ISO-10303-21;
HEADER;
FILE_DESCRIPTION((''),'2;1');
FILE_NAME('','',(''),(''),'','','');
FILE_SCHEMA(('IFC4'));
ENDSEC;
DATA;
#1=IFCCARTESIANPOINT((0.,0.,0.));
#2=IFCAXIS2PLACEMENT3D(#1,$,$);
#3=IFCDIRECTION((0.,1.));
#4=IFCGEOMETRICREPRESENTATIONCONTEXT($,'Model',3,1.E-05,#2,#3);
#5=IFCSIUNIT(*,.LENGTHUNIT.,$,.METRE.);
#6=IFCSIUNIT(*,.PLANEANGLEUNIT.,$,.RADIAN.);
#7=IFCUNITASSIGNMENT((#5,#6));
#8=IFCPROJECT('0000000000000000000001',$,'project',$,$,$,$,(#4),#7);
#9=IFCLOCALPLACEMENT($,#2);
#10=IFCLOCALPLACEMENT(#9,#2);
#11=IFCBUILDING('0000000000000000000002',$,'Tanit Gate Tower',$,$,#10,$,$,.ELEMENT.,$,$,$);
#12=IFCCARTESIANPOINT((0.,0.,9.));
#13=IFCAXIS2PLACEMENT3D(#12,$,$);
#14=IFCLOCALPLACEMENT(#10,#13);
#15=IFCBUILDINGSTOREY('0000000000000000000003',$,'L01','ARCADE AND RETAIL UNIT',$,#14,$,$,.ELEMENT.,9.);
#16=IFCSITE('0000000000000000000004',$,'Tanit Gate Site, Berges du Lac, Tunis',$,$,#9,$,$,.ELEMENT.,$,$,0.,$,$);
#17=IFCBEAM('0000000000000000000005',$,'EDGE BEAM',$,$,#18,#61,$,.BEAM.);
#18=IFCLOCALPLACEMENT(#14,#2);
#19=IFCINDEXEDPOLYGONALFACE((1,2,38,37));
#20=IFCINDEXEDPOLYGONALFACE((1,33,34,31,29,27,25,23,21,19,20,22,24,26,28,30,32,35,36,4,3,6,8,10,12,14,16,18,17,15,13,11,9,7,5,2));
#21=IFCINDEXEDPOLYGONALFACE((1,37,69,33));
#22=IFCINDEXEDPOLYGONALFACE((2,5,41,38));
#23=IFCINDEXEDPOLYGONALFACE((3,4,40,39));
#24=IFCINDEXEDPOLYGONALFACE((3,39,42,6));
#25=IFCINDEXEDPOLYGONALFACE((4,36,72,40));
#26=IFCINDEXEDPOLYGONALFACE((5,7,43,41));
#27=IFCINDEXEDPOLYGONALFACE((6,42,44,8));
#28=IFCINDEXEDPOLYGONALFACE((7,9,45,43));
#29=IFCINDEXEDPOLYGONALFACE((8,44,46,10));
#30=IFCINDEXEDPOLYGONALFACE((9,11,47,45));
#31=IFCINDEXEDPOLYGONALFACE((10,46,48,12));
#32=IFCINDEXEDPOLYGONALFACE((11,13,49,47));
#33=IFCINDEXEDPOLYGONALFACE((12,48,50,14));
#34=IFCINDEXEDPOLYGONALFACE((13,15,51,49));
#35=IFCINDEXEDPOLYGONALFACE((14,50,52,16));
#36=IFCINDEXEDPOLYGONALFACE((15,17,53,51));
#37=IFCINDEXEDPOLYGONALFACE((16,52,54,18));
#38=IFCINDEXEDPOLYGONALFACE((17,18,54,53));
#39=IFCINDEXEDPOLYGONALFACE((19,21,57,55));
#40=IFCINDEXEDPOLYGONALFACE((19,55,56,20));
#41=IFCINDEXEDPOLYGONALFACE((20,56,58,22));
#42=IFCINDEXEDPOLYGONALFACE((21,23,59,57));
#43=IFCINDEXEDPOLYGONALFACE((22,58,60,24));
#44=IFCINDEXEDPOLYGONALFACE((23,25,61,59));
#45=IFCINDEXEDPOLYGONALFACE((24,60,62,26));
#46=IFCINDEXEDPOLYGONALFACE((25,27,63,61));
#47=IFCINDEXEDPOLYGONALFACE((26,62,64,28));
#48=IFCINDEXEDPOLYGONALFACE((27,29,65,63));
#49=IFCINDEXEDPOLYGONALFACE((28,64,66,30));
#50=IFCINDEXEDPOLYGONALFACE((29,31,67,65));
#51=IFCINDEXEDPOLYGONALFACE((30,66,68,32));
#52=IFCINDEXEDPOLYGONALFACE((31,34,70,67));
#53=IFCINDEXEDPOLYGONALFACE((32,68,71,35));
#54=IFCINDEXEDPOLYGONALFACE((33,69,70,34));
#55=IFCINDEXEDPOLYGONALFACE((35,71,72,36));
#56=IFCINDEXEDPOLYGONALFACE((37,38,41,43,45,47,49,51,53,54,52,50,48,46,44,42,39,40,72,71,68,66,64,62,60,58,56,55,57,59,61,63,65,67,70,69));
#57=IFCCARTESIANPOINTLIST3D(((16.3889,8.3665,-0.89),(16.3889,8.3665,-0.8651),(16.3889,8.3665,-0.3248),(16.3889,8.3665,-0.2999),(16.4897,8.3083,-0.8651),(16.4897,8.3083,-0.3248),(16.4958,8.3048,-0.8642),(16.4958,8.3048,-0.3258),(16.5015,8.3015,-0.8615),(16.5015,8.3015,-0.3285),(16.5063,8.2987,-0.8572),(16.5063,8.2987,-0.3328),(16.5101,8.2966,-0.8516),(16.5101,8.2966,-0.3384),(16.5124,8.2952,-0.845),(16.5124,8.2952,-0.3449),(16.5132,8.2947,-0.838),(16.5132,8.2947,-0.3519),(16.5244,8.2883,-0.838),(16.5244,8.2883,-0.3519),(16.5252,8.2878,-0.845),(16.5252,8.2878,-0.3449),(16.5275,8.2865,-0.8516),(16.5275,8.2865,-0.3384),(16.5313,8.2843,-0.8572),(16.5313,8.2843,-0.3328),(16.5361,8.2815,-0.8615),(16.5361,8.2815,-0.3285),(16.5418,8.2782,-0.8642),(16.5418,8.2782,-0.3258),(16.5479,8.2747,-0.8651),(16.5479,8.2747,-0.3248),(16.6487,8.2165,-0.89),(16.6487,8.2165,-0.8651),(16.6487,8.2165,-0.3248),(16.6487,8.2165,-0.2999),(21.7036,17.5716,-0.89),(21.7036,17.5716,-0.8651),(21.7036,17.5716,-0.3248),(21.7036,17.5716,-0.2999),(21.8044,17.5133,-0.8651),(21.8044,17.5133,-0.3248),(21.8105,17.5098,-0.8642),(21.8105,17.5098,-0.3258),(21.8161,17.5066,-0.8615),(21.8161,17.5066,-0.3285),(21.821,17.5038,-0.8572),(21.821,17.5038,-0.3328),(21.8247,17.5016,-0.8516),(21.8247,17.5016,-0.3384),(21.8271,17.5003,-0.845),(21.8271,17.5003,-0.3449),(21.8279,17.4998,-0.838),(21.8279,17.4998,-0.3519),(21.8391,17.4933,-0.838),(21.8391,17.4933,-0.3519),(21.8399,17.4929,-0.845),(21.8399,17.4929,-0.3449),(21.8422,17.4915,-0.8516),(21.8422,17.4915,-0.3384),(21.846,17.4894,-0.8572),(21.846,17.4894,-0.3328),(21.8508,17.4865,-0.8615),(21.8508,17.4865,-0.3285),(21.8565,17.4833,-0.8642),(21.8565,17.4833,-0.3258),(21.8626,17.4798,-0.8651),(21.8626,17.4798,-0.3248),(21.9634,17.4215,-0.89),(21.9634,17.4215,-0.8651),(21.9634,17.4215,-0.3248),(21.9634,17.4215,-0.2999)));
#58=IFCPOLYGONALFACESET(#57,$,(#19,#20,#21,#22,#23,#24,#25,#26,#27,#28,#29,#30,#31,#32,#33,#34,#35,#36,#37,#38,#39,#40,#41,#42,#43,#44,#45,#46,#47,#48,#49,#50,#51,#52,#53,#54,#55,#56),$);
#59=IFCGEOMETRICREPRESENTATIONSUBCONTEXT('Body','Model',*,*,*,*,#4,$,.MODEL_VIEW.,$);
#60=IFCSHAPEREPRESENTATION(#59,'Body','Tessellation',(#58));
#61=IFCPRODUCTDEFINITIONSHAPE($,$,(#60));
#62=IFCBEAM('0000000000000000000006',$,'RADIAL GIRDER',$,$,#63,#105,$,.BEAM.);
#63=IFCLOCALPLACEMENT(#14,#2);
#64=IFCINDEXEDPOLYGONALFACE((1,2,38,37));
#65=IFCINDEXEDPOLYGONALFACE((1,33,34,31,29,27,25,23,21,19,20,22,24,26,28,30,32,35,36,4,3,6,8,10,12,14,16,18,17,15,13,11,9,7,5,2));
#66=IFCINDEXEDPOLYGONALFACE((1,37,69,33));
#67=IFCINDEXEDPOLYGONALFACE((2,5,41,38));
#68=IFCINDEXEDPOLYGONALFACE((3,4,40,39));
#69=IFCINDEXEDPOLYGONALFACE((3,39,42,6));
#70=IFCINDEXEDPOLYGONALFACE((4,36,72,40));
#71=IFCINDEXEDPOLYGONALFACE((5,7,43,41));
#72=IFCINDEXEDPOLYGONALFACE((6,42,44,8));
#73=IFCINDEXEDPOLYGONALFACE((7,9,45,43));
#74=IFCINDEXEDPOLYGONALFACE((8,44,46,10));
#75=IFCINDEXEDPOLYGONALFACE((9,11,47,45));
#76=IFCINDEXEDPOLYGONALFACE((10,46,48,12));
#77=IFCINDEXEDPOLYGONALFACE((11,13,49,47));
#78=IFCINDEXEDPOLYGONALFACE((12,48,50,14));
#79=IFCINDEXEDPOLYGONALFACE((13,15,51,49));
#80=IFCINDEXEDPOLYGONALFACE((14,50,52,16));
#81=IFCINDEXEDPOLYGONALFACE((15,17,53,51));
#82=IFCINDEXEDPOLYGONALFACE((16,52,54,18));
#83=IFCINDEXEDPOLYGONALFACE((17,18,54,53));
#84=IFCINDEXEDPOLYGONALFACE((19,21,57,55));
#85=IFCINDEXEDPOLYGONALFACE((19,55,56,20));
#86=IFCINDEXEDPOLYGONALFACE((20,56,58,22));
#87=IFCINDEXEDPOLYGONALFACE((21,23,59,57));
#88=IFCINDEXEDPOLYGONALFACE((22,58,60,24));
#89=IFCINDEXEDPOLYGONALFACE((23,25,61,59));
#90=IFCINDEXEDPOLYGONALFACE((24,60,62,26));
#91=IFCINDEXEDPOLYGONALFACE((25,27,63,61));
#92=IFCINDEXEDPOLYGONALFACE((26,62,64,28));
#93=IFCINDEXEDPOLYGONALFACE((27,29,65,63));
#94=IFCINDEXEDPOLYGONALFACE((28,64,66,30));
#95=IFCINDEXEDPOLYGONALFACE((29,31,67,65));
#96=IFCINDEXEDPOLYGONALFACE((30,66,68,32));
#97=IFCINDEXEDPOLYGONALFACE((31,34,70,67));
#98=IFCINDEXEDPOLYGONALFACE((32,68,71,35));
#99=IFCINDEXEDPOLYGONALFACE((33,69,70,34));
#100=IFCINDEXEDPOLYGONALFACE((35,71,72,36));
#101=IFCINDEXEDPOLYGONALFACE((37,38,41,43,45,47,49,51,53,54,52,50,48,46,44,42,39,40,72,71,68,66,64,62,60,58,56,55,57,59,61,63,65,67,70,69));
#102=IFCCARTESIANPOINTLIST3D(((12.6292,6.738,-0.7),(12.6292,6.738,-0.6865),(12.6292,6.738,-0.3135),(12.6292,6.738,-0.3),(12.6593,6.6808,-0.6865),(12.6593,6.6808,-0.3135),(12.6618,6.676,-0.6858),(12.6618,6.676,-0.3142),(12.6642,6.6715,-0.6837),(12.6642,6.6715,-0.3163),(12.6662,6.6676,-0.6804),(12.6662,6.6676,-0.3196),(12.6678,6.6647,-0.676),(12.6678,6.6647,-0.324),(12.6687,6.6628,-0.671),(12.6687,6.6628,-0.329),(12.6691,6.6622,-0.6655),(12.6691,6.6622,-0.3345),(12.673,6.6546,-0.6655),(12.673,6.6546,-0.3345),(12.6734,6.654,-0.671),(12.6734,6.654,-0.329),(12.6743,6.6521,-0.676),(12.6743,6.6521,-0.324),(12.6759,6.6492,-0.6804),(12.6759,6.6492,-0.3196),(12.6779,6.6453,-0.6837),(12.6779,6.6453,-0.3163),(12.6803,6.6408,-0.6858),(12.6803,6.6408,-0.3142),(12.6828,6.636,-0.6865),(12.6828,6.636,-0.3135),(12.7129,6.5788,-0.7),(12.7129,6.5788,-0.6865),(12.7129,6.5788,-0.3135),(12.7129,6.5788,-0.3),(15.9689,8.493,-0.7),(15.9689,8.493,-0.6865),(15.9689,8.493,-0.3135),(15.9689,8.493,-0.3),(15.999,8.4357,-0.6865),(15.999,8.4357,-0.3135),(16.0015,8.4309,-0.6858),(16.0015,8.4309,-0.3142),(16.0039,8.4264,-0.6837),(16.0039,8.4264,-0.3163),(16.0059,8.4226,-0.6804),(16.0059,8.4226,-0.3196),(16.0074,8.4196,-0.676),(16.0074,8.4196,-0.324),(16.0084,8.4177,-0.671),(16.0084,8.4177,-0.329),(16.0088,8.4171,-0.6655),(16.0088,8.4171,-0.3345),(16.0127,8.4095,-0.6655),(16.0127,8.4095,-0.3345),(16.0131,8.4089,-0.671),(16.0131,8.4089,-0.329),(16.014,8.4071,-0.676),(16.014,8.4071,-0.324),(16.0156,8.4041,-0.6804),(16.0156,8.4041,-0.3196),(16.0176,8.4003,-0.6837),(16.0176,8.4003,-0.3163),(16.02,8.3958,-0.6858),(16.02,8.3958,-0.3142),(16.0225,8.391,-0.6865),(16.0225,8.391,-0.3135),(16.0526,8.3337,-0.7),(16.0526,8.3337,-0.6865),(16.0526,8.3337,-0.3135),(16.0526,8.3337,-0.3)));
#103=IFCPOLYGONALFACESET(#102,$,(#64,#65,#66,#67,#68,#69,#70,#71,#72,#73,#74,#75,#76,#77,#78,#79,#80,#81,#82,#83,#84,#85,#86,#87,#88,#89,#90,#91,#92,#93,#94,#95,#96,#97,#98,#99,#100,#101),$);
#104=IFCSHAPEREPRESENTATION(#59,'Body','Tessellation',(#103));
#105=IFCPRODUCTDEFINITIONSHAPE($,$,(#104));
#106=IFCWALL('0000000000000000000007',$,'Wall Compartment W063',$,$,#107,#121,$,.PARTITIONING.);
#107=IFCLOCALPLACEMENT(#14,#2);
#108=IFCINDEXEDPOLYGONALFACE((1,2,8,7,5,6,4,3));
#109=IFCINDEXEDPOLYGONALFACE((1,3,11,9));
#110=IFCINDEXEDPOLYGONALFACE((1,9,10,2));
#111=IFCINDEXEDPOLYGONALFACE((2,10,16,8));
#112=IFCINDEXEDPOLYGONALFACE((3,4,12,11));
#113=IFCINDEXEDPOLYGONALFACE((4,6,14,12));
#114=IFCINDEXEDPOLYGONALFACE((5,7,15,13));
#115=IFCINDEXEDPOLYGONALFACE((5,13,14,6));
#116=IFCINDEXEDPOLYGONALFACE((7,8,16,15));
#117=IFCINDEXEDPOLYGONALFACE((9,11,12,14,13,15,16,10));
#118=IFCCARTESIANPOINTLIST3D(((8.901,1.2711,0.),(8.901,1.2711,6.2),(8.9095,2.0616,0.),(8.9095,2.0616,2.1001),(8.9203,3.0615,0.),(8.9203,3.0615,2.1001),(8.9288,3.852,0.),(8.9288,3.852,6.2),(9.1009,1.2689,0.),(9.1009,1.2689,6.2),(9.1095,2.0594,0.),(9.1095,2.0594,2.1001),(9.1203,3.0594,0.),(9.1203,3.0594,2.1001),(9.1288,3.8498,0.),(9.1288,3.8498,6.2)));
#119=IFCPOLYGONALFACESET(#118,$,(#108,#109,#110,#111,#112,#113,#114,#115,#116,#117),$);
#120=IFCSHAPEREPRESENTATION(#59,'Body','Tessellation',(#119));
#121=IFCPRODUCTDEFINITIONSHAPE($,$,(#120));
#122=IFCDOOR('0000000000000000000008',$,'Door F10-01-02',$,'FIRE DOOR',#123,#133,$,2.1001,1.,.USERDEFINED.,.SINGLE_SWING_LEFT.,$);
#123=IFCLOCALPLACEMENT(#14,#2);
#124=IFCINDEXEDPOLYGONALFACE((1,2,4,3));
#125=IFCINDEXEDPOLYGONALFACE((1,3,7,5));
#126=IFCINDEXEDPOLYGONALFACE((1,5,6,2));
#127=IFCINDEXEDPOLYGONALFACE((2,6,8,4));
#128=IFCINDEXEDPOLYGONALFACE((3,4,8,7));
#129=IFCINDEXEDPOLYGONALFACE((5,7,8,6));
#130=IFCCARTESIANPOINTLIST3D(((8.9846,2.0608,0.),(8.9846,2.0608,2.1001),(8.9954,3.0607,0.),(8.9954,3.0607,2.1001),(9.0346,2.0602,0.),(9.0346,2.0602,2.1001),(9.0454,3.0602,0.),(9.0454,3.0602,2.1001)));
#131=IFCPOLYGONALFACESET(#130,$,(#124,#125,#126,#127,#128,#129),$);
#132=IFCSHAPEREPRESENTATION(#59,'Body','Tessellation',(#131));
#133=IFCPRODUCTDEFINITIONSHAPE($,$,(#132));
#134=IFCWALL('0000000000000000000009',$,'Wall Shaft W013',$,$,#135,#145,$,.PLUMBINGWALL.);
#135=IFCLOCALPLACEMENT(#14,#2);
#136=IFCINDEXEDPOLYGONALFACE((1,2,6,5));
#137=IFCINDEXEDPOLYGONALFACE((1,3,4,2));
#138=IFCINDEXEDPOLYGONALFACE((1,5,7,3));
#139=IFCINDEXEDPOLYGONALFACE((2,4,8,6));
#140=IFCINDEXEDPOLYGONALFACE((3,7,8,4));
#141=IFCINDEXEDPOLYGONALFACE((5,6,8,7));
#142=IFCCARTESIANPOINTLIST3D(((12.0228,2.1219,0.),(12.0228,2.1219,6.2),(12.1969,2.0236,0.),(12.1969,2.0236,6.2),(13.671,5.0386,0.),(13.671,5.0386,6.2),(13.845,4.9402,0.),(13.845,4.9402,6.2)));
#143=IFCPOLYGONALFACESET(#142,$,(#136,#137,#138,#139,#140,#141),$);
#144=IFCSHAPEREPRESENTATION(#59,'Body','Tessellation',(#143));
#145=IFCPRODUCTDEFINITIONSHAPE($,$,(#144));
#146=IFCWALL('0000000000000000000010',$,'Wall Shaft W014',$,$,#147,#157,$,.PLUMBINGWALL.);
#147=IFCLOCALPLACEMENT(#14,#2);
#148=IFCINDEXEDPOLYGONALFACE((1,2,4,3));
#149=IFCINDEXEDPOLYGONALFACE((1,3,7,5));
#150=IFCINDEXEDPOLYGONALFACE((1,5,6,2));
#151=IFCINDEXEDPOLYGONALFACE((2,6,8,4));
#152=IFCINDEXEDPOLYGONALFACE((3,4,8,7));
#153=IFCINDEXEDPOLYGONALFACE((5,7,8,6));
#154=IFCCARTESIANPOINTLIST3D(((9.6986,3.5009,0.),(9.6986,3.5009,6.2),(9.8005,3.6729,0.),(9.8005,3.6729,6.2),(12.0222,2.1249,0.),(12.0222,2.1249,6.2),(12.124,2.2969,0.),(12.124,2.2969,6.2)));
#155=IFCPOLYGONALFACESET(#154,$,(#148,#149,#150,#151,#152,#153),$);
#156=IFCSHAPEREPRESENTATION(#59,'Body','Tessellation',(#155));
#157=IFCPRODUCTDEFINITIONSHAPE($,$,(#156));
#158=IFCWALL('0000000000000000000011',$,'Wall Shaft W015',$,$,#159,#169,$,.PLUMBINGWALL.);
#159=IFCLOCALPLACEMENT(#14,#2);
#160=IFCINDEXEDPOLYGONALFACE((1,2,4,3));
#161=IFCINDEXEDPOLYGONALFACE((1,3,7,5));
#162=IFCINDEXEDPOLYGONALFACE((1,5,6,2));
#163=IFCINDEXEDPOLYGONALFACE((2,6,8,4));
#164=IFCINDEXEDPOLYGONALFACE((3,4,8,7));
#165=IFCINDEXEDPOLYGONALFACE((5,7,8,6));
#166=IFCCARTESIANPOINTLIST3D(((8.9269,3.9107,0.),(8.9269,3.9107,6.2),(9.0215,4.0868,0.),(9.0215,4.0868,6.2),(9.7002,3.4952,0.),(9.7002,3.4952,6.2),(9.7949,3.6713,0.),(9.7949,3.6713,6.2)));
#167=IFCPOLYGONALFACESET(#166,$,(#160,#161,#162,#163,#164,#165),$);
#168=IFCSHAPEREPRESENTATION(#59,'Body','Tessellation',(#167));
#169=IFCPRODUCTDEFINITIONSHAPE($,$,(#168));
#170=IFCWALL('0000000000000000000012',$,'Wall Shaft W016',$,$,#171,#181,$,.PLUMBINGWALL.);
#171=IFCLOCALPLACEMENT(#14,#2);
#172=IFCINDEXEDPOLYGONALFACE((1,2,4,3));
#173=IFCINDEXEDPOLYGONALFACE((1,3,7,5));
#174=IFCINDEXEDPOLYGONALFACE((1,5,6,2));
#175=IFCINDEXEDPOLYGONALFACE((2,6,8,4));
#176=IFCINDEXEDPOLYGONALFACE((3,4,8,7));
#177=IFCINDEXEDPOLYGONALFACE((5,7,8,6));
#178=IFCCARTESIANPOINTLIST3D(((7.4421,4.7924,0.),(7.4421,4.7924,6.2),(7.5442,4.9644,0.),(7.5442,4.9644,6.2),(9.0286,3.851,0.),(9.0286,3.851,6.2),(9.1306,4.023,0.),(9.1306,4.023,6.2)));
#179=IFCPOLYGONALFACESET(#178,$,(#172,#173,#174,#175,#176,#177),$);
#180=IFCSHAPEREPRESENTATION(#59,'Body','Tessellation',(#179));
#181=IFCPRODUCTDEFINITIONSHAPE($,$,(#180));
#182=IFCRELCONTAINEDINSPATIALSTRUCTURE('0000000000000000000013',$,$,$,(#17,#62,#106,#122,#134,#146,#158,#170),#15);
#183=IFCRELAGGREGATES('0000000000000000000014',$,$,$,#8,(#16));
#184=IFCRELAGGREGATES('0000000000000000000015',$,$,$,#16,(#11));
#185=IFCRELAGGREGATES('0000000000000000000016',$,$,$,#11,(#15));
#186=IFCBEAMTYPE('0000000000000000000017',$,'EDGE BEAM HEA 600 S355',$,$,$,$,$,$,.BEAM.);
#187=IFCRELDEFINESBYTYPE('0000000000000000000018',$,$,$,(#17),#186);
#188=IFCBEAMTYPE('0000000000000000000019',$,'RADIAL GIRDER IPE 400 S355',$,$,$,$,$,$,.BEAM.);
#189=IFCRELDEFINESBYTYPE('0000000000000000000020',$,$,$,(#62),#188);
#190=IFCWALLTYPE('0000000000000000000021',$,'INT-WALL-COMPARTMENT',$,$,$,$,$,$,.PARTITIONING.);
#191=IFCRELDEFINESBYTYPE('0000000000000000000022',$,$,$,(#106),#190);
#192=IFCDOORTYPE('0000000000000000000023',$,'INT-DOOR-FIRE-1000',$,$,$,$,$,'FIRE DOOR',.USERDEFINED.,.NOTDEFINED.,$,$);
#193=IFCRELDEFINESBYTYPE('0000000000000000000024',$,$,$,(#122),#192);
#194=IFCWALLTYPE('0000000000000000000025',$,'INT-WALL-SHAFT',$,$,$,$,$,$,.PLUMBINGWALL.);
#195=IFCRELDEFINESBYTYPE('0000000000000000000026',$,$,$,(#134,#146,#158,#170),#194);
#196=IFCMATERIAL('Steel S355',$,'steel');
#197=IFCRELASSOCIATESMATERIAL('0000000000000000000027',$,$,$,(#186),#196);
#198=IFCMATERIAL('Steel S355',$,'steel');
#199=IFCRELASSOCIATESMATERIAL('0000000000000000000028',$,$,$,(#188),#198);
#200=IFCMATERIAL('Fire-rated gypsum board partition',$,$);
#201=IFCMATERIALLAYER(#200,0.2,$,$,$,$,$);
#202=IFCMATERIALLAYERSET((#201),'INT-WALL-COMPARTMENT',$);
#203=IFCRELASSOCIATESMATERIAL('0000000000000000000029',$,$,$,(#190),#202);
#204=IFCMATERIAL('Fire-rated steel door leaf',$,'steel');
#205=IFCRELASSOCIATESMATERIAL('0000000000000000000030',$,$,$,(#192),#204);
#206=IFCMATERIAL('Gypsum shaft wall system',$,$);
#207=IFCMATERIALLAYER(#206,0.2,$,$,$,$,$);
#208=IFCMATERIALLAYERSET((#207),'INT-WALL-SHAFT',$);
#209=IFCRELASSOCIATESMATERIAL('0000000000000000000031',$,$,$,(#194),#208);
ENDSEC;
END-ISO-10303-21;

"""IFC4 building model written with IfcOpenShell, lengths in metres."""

from ifc_helpers import new_model, si_unit, direction, frame, frame_2d, origin, origin_2d, place, context, subcontext, project, spatial, rectangle, i_section, extrude, material, layer, layer_set, material_profile, profile_set, type_object, element, fill, save


model = new_model("IFC4")

# Units and contexts
model_context = context("Model", 3, precision=1e-05, world=origin(), true_north=direction((0.0, 1.0)))
body_context = subcontext(model_context, "Body", "Model", "MODEL_VIEW")
ifc_project = project(units=[si_unit("LENGTHUNIT", "METRE"), si_unit("PLANEANGLEUNIT", "RADIAN")], contexts=[model_context])

# Site, building, storey
site_placement = place(None, origin())
site = spatial("IfcSite", under=ifc_project, at=site_placement, Name="Tanit Gate Site, Berges du Lac, Tunis", CompositionType="ELEMENT", RefElevation=0.0)
building_placement = place(site_placement, origin())
building = spatial("IfcBuilding", under=site, at=building_placement, Name="Tanit Gate Tower", CompositionType="ELEMENT")
storey_placement = place(building_placement, frame((0.0, 0.0, 9.0)))
storey = spatial("IfcBuildingStorey", under=building, at=storey_placement, Name="L01", Description="ARCADE AND RETAIL UNIT", CompositionType="ELEMENT", Elevation=9.0)

# Beams
ifc_material_1 = material(Name="Steel S355", Category="steel")
ifc_material_profile_1 = material_profile(ifc_material_1, i_section(OverallWidth=0.3, OverallDepth=0.5901, WebThickness=0.0129, FlangeThickness=0.0249, FilletRadius=0.0271, at=origin_2d()), Name="HEA 600")
ifc_profile_set_1 = profile_set([ifc_material_profile_1], Name="Steel S355")
beam_type_1 = type_object("IfcBeamType", Name="EDGE BEAM HEA 600 S355", PredefinedType="BEAM", material=ifc_profile_set_1)
beam_1_placement = place(storey_placement, frame((16.5188, 8.2915, -0.595), z_axis=(0.50001, 0.86602, 0.0), x_axis=(-0.86602, 0.50001, 0.0)))
element("IfcBeam", 1, at=beam_1_placement, inside=storey, type_object=beam_type_1, Name="EDGE BEAM", PredefinedType="BEAM", context=body_context, shape_type="SweptSolid", body=[
    extrude(i_section(OverallWidth=0.3, OverallDepth=0.5901, WebThickness=0.0129, FlangeThickness=0.0249, FilletRadius=0.0271, at=origin_2d()), origin(), (0.0, 0.0, 1.0), 10.6292),
])
ifc_material_2 = material(Name="Steel S355", Category="steel")
ifc_material_profile_2 = material_profile(ifc_material_2, i_section(OverallWidth=0.1799, OverallDepth=0.3999, WebThickness=0.0085, FlangeThickness=0.0134, FilletRadius=0.021, at=origin_2d()), Name="IPE 400")
ifc_profile_set_2 = profile_set([ifc_material_profile_2], Name="Steel S355")
beam_type_2 = type_object("IfcBeamType", Name="RADIAL GIRDER IPE 400 S355", PredefinedType="BEAM", material=ifc_profile_set_2)
beam_2_placement = place(storey_placement, frame((16.0107, 8.4133, -0.5), z_axis=(-0.885224, -0.465165, 0.0), x_axis=(0.465165, -0.885224, 0.0)))
element("IfcBeam", 2, at=beam_2_placement, inside=storey, type_object=beam_type_2, Name="RADIAL GIRDER", PredefinedType="BEAM", context=body_context, shape_type="SweptSolid", body=[
    extrude(i_section(OverallWidth=0.1799, OverallDepth=0.3999, WebThickness=0.0085, FlangeThickness=0.0134, FilletRadius=0.021, at=origin_2d()), origin(), (0.0, 0.0, 1.0), 3.7727),
])

# Wall, opening, door
ifc_material_3 = material(Name="Fire-rated gypsum board partition")
ifc_layer_1 = layer(ifc_material_3, 0.2)
ifc_layer_set_1 = layer_set([ifc_layer_1], Name="INT-WALL-COMPARTMENT")
wall_type_1 = type_object("IfcWallType", Name="INT-WALL-COMPARTMENT", PredefinedType="PARTITIONING", material=ifc_layer_set_1)
wall_1_placement = place(storey_placement, frame((9.001, 1.27, 0.0), z_axis=(0.0, 0.0, 1.0), x_axis=(0.010784, 0.999942, 0.0)))
wall_1 = element("IfcWall", 3, at=wall_1_placement, inside=storey, type_object=wall_type_1, Name="Wall Compartment W063", PredefinedType="PARTITIONING", context=body_context, shape_type="SweptSolid", body=[
    extrude(rectangle(XDim=2.5811, YDim=0.2, at=frame_2d((1.2905, 0.0))), origin(), (0.0, 0.0, 1.0), 6.2),
])
opening_1_placement = place(wall_1_placement, frame((0.7905, 0.0, 0.0)))
opening_1 = element("IfcOpeningElement", 4, at=opening_1_placement, cuts=wall_1, PredefinedType="OPENING", context=body_context, shape_type="SweptSolid", body=[
    extrude(rectangle(XDim=1.0, YDim=2.1001, at=frame_2d((0.5, 1.05))), frame((0.0, 0.1099, 0.0), z_axis=(0.0, -1.0, 0.0), x_axis=(1.0, 0.0, 0.0)), (0.0, 0.0, 1.0), 0.22),
])
ifc_material_4 = material(Name="Fire-rated steel door leaf", Category="steel")
door_type_1 = type_object("IfcDoorType", Name="INT-DOOR-FIRE-1000", ElementType="FIRE DOOR", OperationType="NOTDEFINED", PredefinedType="USERDEFINED", material=ifc_material_4)
door_1_placement = place(opening_1_placement, origin())
door_1 = element("IfcDoor", 5, at=door_1_placement, inside=storey, type_object=door_type_1, Name="Door F10-01-02", ObjectType="FIRE DOOR", OperationType="SINGLE_SWING_LEFT", OverallHeight=2.1001, OverallWidth=1.0, PredefinedType="USERDEFINED", context=body_context, shape_type="SweptSolid", body=[
    extrude(rectangle(XDim=1.0, YDim=2.1001, at=frame_2d((0.5, 1.05))), frame((0.0, 0.0249, 0.0), z_axis=(0.0, -1.0, 0.0), x_axis=(1.0, 0.0, 0.0)), (0.0, 0.0, 1.0), 0.05),
])
fill(opening_1, door_1)

# Walls
ifc_material_5 = material(Name="Gypsum shaft wall system")
ifc_layer_2 = layer(ifc_material_5, 0.2)
ifc_layer_set_2 = layer_set([ifc_layer_2], Name="INT-WALL-SHAFT")
wall_type_2 = type_object("IfcWallType", Name="INT-WALL-SHAFT", PredefinedType="PLUMBINGWALL", material=ifc_layer_set_2)
wall_2_placement = place(storey_placement, frame((12.1099, 2.0728, 0.0), z_axis=(0.0, 0.0, 1.0), x_axis=(0.491966, 0.870614, 0.0)))
element("IfcWall", 6, at=wall_2_placement, inside=storey, type_object=wall_type_2, Name="Wall Shaft W013", PredefinedType="PLUMBINGWALL", context=body_context, shape_type="SweptSolid", body=[
    extrude(rectangle(XDim=3.3501, YDim=0.2, at=frame_2d((1.675, 0.0))), origin(), (0.0, 0.0, 1.0), 6.2),
])
wall_3_placement = place(storey_placement, frame((12.073, 2.2109, 0.0), z_axis=(0.0, 0.0, 1.0), x_axis=(-0.860438, 0.509555, 0.0)))
element("IfcWall", 7, at=wall_3_placement, inside=storey, type_object=wall_type_2, Name="Wall Shaft W014", PredefinedType="PLUMBINGWALL", context=body_context, shape_type="SweptSolid", body=[
    extrude(rectangle(XDim=2.7004, YDim=0.2, at=frame_2d((1.3501, 0.0))), origin(), (0.0, 0.0, 1.0), 6.2),
])
wall_4_placement = place(storey_placement, frame((9.7476, 3.5833, 0.0), z_axis=(0.0, 0.0, 1.0), x_axis=(-0.880917, 0.473271, 0.0)))
element("IfcWall", 8, at=wall_4_placement, inside=storey, type_object=wall_type_2, Name="Wall Shaft W015", PredefinedType="PLUMBINGWALL", context=body_context, shape_type="SweptSolid", body=[
    extrude(rectangle(XDim=0.8779, YDim=0.2, at=frame_2d((0.439, 0.0))), origin(), (0.0, 0.0, 1.0), 6.2),
])
wall_5_placement = place(storey_placement, frame((9.0796, 3.937, 0.0), z_axis=(0.0, 0.0, 1.0), x_axis=(-0.859982, 0.510325, 0.0)))
element("IfcWall", 9, at=wall_5_placement, inside=storey, type_object=wall_type_2, Name="Wall Shaft W016", PredefinedType="PLUMBINGWALL", context=body_context, shape_type="SweptSolid", body=[
    extrude(rectangle(XDim=1.8447, YDim=0.2, at=frame_2d((0.9224, 0.0))), origin(), (0.0, 0.0, 1.0), 6.2),
])

save(model, "model.ifc")
